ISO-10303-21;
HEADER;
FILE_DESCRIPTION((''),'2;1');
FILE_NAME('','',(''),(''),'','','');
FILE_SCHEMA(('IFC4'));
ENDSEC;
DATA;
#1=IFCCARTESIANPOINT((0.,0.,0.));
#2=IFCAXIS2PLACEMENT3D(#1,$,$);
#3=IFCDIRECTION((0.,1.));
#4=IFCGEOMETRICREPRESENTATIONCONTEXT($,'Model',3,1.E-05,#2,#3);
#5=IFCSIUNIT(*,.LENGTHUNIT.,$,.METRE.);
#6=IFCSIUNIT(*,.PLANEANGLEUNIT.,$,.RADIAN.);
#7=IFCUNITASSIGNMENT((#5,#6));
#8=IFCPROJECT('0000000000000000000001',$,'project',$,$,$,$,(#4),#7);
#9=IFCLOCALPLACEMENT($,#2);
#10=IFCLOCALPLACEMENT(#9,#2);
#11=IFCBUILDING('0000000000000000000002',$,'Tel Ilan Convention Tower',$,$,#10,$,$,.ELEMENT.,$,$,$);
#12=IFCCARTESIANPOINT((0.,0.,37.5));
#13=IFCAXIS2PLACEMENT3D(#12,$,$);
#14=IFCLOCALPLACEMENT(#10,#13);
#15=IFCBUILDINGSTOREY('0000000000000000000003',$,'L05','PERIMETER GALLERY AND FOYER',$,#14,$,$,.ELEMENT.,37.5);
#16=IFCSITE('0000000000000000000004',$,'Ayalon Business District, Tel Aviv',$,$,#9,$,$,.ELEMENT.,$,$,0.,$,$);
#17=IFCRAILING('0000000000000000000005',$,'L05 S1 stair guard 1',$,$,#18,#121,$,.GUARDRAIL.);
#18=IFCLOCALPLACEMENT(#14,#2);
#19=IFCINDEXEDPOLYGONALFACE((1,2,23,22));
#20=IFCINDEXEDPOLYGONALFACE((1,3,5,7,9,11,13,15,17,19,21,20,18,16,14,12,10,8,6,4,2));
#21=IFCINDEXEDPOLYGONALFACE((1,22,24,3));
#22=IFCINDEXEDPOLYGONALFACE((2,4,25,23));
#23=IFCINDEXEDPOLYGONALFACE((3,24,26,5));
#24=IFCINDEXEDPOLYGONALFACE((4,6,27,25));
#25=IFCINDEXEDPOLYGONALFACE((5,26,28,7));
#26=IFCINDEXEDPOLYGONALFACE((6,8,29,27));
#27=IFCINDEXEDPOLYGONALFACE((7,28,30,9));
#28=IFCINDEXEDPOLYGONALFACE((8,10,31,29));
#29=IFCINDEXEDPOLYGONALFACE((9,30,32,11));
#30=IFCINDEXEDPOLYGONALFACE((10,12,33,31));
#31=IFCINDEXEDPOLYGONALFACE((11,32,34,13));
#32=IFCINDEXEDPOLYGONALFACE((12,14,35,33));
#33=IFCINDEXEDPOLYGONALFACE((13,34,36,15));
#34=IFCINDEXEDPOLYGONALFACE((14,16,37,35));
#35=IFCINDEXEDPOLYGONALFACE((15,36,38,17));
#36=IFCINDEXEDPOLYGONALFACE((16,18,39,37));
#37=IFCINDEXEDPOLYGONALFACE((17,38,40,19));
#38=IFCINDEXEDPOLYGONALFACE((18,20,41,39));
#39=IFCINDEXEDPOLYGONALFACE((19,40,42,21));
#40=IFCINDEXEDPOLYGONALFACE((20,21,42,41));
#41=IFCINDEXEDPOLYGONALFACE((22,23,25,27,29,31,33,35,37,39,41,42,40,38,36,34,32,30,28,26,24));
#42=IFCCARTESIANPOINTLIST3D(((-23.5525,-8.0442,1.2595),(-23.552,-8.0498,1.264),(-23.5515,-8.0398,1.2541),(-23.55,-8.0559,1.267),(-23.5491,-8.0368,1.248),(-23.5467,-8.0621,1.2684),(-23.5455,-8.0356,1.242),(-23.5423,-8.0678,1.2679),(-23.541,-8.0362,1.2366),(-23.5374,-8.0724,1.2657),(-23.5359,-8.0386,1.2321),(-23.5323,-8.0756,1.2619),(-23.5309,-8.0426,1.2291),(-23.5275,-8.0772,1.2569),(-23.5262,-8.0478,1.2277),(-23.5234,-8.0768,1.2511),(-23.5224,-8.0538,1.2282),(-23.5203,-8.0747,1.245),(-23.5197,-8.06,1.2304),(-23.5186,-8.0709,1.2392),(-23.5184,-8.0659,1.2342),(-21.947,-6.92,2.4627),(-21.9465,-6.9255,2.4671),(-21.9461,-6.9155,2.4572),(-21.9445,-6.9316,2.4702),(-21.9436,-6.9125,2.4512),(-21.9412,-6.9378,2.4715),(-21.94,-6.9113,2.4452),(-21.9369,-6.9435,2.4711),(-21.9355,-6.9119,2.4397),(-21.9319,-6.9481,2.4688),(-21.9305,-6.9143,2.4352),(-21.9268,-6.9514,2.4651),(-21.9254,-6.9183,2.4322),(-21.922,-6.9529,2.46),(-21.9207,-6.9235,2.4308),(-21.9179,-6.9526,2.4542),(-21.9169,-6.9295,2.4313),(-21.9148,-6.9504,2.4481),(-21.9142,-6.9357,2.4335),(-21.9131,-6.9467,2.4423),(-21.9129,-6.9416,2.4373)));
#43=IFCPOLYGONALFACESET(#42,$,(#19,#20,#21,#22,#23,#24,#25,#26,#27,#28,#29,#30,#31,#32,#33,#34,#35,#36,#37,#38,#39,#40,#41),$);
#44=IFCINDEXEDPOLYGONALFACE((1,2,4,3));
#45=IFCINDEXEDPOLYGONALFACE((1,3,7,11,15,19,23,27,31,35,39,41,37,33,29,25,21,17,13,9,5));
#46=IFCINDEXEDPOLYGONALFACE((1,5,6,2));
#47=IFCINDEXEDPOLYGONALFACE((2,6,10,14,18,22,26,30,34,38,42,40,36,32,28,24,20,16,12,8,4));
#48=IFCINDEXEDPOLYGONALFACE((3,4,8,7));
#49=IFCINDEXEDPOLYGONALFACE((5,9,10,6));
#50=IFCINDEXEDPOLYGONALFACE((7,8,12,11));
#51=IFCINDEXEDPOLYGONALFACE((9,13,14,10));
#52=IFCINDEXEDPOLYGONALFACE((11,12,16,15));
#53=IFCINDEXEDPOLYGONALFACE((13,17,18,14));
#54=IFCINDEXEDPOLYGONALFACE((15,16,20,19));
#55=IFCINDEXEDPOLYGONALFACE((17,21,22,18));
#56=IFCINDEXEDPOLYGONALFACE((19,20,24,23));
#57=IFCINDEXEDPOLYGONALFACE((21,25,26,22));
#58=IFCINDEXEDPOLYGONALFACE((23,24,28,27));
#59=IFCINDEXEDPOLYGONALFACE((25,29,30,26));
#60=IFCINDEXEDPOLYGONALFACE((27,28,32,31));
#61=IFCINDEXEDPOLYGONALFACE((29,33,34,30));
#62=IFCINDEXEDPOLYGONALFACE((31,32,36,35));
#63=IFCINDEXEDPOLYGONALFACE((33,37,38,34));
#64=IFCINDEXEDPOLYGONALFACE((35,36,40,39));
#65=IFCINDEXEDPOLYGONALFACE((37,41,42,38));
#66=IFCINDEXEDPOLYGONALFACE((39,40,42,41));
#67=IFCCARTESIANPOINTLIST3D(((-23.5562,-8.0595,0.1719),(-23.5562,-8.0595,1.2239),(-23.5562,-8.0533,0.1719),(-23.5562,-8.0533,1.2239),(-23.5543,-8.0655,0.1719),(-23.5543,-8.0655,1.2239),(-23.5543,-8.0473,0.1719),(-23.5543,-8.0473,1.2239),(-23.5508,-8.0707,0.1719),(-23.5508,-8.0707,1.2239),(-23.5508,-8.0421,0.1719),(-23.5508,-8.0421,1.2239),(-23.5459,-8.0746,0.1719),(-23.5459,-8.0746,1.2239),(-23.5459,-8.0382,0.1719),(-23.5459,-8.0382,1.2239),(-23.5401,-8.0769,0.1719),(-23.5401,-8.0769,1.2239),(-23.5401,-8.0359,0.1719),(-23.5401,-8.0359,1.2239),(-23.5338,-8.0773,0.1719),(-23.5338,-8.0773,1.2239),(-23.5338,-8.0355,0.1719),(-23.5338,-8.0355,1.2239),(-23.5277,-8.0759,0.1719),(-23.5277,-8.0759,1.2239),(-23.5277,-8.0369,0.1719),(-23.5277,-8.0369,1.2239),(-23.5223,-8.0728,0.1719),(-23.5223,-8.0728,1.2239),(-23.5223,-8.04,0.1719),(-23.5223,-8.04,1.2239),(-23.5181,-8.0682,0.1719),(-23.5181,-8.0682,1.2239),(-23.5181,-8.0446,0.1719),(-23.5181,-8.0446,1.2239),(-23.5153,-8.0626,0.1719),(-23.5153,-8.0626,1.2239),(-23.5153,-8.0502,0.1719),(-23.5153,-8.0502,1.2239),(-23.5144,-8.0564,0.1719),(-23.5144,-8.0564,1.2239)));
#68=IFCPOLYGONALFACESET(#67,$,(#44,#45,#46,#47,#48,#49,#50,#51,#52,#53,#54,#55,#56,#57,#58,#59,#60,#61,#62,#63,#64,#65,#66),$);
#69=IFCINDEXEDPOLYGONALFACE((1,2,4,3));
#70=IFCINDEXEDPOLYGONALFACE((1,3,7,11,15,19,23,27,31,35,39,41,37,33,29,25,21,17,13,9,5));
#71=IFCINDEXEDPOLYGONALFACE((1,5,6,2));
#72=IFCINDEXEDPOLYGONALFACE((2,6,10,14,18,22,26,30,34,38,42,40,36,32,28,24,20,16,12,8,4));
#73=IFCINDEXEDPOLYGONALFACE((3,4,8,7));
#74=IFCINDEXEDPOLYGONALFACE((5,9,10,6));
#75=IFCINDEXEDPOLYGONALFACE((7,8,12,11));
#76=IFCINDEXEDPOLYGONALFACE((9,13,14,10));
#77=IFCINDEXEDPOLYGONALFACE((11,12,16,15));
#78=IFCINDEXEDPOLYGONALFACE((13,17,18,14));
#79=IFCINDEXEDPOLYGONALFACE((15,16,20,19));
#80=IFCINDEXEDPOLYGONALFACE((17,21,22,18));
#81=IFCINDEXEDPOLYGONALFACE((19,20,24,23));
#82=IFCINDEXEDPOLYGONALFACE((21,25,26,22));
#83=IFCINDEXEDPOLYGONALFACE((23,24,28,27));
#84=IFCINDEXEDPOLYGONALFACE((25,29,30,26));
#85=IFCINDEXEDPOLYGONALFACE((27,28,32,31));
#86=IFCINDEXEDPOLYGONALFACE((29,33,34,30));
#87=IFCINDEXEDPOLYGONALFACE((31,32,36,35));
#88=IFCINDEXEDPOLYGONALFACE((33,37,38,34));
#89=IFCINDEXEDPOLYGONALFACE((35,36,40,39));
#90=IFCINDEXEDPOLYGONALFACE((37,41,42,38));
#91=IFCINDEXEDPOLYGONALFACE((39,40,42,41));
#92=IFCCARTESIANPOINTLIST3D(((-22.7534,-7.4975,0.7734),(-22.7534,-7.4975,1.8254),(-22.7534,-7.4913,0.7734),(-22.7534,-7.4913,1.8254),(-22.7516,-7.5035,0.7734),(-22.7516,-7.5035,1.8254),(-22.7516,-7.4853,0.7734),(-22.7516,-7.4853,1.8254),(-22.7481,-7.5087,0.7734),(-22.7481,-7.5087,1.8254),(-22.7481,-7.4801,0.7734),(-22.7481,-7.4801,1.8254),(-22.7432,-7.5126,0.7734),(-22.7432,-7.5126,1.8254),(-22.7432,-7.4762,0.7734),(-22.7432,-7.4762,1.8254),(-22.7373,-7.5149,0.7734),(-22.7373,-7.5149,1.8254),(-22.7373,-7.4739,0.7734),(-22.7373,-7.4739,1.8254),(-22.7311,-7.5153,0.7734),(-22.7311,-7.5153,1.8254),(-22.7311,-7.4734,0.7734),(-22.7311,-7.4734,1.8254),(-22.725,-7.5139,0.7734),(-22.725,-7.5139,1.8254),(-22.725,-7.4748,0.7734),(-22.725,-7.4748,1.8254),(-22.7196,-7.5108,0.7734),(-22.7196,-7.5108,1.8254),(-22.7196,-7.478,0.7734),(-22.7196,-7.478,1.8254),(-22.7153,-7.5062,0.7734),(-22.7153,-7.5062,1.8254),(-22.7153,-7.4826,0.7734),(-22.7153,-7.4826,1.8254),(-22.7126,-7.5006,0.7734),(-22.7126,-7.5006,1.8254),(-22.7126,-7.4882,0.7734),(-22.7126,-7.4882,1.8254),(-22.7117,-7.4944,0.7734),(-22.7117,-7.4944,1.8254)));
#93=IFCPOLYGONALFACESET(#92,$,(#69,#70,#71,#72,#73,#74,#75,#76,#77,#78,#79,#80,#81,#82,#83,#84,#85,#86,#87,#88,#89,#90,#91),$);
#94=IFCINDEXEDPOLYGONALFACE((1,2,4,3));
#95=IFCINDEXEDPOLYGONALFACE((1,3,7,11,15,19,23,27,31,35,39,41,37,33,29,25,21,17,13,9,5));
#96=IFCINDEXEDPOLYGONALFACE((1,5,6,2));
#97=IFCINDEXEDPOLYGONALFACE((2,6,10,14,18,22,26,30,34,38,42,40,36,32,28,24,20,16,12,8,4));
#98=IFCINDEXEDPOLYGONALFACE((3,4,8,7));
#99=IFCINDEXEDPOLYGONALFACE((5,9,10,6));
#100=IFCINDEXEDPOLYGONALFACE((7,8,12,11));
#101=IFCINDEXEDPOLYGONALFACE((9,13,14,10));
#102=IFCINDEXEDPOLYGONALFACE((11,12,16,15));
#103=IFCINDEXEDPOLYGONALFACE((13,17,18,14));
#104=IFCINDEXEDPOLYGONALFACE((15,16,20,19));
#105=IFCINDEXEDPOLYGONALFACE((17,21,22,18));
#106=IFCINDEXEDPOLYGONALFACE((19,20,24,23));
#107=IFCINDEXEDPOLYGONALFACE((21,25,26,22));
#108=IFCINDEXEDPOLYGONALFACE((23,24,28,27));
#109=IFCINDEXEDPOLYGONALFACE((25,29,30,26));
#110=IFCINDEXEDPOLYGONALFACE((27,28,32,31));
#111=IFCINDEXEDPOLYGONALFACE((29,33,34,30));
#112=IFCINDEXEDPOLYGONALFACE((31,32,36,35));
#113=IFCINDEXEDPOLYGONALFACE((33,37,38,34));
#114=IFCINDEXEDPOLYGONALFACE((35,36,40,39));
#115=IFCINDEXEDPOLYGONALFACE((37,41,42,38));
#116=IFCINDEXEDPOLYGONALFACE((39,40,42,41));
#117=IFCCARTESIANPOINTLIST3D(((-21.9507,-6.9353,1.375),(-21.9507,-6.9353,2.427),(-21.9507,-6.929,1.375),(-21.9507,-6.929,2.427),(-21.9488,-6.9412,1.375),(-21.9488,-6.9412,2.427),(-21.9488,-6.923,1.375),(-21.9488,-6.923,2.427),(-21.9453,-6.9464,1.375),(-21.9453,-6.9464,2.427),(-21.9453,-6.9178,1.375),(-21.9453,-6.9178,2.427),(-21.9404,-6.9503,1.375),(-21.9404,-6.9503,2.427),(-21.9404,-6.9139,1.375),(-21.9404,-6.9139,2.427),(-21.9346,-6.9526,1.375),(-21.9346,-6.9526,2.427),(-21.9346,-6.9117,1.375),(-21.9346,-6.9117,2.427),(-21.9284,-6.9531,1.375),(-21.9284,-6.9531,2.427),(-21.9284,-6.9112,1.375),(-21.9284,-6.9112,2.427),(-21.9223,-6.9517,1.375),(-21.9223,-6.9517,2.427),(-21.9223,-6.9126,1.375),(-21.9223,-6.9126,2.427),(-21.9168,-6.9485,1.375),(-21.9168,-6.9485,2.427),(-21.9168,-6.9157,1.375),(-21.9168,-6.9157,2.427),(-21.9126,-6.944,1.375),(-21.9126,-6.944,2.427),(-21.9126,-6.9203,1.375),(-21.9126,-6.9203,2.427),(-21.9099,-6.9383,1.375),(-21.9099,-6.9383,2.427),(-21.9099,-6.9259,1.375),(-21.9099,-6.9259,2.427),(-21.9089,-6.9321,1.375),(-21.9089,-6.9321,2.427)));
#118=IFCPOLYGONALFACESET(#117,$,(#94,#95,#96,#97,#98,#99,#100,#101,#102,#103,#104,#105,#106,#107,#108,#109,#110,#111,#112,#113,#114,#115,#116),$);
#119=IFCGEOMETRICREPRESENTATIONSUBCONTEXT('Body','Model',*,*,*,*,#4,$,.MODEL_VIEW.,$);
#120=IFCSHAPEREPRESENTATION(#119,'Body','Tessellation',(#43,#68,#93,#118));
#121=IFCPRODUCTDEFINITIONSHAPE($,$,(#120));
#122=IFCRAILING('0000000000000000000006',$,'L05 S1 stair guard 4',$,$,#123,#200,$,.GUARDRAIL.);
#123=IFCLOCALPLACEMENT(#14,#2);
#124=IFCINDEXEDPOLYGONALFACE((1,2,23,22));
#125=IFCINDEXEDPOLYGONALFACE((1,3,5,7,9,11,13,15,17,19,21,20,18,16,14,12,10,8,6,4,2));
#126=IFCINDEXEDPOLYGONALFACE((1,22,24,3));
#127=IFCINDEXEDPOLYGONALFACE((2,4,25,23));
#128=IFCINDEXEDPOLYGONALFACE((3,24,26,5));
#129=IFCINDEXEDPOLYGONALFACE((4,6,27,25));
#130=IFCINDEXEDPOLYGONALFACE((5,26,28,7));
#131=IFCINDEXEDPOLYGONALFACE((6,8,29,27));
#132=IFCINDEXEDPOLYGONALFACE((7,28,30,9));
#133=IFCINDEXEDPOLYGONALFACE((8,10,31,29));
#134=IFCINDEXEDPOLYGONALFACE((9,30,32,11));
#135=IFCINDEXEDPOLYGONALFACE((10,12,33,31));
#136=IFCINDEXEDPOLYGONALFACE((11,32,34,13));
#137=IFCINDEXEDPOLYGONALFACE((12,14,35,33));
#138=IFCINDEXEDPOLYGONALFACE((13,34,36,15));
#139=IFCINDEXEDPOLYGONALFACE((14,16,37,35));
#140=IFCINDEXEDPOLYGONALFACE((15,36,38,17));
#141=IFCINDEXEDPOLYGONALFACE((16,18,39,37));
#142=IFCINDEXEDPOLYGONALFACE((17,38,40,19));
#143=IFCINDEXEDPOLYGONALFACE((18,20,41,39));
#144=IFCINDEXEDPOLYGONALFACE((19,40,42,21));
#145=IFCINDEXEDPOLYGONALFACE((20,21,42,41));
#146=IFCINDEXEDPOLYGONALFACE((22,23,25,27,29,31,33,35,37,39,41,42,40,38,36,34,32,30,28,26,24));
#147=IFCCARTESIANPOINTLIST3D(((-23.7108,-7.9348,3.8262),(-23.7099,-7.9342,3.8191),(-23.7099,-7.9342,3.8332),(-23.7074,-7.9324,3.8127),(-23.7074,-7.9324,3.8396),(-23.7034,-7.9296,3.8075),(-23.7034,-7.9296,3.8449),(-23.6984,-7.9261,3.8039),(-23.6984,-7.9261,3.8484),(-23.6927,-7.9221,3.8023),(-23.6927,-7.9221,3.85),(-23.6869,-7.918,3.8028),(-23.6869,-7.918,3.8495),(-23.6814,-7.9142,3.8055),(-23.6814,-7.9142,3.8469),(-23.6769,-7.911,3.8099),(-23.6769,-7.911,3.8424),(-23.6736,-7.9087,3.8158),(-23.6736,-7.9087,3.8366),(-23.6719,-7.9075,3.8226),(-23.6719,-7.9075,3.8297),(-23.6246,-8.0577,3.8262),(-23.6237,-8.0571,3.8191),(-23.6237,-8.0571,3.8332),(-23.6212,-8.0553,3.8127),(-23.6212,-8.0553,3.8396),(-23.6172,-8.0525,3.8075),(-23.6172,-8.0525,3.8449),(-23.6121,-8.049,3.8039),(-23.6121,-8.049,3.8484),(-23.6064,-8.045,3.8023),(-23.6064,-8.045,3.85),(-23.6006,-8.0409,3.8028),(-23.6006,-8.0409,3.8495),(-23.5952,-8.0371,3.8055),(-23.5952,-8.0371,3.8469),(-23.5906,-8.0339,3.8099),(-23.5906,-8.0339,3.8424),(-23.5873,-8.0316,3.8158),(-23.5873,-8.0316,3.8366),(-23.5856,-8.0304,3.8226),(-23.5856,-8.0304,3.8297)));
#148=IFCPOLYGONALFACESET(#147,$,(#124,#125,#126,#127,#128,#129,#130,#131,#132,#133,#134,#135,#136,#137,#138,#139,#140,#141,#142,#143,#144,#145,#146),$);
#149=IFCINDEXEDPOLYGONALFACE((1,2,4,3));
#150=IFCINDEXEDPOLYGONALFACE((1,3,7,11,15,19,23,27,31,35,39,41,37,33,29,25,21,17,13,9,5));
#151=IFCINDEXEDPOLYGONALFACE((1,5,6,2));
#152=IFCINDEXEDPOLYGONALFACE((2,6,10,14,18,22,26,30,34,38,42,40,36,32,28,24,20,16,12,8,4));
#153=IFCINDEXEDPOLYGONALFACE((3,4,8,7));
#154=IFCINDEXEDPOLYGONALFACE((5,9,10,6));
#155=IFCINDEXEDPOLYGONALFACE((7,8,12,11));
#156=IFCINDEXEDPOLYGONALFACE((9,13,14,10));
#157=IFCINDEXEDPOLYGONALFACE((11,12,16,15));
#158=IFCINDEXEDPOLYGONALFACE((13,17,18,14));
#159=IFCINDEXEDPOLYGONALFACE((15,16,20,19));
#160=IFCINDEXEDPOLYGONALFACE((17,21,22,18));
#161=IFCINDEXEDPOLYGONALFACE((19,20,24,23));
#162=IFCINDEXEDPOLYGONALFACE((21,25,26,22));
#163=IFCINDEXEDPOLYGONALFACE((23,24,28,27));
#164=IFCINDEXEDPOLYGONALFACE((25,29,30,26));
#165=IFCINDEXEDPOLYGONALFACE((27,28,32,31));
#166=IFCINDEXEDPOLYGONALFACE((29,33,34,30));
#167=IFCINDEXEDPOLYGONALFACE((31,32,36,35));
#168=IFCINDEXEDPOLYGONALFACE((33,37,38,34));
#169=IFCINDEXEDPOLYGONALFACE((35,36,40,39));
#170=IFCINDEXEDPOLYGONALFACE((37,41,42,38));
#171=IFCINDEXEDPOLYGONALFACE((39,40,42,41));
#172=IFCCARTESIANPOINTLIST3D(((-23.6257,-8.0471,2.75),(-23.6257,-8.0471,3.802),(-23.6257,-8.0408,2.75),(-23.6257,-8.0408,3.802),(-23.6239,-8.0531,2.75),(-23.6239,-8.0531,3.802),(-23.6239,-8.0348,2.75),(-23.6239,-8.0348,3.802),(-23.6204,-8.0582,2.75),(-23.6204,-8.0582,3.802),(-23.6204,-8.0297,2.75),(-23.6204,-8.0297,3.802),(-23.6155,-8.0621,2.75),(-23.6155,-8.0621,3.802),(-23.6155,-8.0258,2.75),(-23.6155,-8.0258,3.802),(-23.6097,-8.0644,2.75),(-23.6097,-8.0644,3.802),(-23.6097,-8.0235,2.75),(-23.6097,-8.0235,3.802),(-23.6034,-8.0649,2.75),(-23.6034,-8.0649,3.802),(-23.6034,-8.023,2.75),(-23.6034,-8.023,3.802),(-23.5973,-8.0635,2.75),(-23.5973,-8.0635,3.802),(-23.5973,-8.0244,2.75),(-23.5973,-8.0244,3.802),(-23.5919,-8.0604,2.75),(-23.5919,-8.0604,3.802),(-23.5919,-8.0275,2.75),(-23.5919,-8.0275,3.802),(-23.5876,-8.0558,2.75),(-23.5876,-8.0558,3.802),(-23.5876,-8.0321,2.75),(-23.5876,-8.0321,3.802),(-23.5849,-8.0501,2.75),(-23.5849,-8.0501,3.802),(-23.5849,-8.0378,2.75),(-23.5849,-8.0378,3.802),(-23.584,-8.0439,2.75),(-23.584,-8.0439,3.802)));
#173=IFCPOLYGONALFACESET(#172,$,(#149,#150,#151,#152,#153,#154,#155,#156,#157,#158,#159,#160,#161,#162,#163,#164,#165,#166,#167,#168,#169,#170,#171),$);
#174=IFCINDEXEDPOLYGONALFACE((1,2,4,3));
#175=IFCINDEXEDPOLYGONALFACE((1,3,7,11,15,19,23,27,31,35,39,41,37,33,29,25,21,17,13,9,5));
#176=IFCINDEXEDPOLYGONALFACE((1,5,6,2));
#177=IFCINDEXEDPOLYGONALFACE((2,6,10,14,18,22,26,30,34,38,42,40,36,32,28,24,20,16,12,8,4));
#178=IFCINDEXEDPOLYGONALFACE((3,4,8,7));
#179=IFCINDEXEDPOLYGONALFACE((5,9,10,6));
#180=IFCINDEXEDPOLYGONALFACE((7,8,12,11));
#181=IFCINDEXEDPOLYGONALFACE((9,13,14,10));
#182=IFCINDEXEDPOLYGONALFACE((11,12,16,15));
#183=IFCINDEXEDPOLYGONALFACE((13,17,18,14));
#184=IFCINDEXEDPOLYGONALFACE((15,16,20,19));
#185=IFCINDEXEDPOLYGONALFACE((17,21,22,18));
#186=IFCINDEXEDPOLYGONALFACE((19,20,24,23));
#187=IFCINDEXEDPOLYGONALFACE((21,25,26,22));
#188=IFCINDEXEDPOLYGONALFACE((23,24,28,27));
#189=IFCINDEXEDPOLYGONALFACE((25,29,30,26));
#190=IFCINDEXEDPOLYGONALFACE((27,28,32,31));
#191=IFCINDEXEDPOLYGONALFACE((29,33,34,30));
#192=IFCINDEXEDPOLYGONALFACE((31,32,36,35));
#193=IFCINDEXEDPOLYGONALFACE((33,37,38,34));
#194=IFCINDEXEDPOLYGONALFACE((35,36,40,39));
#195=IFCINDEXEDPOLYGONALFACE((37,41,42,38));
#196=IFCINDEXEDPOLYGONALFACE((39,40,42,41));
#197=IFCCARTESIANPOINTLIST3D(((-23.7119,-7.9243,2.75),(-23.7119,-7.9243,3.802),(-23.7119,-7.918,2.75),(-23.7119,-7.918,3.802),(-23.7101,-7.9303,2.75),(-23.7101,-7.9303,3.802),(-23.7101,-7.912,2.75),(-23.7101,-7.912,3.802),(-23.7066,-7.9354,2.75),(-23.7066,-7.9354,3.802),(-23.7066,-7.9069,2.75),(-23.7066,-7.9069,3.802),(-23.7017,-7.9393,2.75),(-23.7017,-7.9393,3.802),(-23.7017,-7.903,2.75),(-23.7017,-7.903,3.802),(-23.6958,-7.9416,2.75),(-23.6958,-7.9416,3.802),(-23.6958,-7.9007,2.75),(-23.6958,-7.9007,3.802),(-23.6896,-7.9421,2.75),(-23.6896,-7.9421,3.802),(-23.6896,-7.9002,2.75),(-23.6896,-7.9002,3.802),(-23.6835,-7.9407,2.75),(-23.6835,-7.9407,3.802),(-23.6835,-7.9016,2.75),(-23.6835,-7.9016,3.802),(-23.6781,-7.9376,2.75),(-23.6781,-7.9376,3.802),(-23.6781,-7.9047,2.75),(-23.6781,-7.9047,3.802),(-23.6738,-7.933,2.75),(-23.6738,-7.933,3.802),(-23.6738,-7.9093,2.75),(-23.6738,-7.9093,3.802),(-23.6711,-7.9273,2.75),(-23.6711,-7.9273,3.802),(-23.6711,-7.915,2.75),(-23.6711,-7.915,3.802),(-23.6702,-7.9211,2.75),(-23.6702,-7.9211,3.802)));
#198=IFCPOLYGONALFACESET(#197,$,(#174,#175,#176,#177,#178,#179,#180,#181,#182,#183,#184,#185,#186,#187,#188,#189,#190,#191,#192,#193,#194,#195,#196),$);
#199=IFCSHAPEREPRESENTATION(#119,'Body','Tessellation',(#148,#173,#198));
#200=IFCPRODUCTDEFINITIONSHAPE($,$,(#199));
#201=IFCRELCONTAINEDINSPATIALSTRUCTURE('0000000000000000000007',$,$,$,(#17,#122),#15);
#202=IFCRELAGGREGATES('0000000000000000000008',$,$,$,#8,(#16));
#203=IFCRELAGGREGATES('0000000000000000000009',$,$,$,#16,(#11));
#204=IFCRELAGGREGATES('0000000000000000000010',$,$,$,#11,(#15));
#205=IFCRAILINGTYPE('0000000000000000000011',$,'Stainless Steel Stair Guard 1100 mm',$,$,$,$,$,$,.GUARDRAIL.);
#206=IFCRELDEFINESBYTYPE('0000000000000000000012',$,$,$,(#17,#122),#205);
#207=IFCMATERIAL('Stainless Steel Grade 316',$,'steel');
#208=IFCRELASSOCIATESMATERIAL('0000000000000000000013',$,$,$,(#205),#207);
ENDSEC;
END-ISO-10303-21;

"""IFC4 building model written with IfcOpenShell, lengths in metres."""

from ifc_helpers import new_model, si_unit, direction, frame, origin, origin_2d, place, context, subcontext, project, spatial, circle, extrude, material, type_object, element, save


model = new_model("IFC4")

# Units and contexts
model_context = context("Model", 3, precision=1e-05, world=origin(), true_north=direction((0.0, 1.0)))
body_context = subcontext(model_context, "Body", "Model", "MODEL_VIEW")
ifc_project = project(units=[si_unit("LENGTHUNIT", "METRE"), si_unit("PLANEANGLEUNIT", "RADIAN")], contexts=[model_context])

# Site, building, storey
site_placement = place(None, origin())
site = spatial("IfcSite", under=ifc_project, at=site_placement, Name="Ayalon Business District, Tel Aviv", CompositionType="ELEMENT", RefElevation=0.0)
building_placement = place(site_placement, origin())
building = spatial("IfcBuilding", under=site, at=building_placement, Name="Tel Ilan Convention Tower", CompositionType="ELEMENT")
storey_placement = place(building_placement, frame((0.0, 0.0, 37.5)))
storey = spatial("IfcBuildingStorey", under=building, at=storey_placement, Name="L05", Description="PERIMETER GALLERY AND FOYER", CompositionType="ELEMENT", Elevation=37.5)

# Railings
ifc_material_1 = material(Name="Stainless Steel Grade 316", Category="steel")
railing_type_1 = type_object("IfcRailingType", Name="Stainless Steel Stair Guard 1100 mm", PredefinedType="GUARDRAIL", material=ifc_material_1)
railing_1_placement = place(storey_placement, frame((-23.5354, -8.0564, 0.1719)))
element("IfcRailing", 1, at=railing_1_placement, inside=storey, type_object=railing_type_1, Name="L05 S1 stair guard 1", PredefinedType="GUARDRAIL", context=body_context, shape_type="SweptSolid", body=[
    extrude(circle(Radius=0.0239, at=origin_2d()), frame((0.0, 0.0, 1.0762), z_axis=(0.698095, 0.488857, 0.523146), x_axis=(-0.573613, 0.819127, 0.0)), (0.0, 0.0, 1.0), 2.2998),
    extrude(circle(Radius=0.021, at=origin_2d()), origin(), (0.0, 0.0, 1.0), 1.052),
    extrude(circle(Radius=0.021, at=origin_2d()), frame((0.8027, 0.562, 0.6016)), (0.0, 0.0, 1.0), 1.052),
    extrude(circle(Radius=0.021, at=origin_2d()), frame((1.6055, 1.1243, 1.2031)), (0.0, 0.0, 1.0), 1.052),
])
railing_2_placement = place(storey_placement, frame((-23.605, -8.0439, 2.75)))
element("IfcRailing", 2, at=railing_2_placement, inside=storey, type_object=railing_type_1, Name="L05 S1 stair guard 4", PredefinedType="GUARDRAIL", context=body_context, shape_type="SweptSolid", body=[
    extrude(circle(Radius=0.0239, at=origin_2d()), frame((0.0, 0.0, 1.0762), z_axis=(-0.574445, 0.818543, 0.0), x_axis=(-0.818543, -0.574445, 0.0)), (0.0, 0.0, 1.0), 0.1501),
    extrude(circle(Radius=0.021, at=origin_2d()), origin(), (0.0, 0.0, 1.0), 1.052),
    extrude(circle(Radius=0.021, at=origin_2d()), frame((-0.0862, 0.1228, 0.0)), (0.0, 0.0, 1.0), 1.052),
])

save(model, "model.ifc")
